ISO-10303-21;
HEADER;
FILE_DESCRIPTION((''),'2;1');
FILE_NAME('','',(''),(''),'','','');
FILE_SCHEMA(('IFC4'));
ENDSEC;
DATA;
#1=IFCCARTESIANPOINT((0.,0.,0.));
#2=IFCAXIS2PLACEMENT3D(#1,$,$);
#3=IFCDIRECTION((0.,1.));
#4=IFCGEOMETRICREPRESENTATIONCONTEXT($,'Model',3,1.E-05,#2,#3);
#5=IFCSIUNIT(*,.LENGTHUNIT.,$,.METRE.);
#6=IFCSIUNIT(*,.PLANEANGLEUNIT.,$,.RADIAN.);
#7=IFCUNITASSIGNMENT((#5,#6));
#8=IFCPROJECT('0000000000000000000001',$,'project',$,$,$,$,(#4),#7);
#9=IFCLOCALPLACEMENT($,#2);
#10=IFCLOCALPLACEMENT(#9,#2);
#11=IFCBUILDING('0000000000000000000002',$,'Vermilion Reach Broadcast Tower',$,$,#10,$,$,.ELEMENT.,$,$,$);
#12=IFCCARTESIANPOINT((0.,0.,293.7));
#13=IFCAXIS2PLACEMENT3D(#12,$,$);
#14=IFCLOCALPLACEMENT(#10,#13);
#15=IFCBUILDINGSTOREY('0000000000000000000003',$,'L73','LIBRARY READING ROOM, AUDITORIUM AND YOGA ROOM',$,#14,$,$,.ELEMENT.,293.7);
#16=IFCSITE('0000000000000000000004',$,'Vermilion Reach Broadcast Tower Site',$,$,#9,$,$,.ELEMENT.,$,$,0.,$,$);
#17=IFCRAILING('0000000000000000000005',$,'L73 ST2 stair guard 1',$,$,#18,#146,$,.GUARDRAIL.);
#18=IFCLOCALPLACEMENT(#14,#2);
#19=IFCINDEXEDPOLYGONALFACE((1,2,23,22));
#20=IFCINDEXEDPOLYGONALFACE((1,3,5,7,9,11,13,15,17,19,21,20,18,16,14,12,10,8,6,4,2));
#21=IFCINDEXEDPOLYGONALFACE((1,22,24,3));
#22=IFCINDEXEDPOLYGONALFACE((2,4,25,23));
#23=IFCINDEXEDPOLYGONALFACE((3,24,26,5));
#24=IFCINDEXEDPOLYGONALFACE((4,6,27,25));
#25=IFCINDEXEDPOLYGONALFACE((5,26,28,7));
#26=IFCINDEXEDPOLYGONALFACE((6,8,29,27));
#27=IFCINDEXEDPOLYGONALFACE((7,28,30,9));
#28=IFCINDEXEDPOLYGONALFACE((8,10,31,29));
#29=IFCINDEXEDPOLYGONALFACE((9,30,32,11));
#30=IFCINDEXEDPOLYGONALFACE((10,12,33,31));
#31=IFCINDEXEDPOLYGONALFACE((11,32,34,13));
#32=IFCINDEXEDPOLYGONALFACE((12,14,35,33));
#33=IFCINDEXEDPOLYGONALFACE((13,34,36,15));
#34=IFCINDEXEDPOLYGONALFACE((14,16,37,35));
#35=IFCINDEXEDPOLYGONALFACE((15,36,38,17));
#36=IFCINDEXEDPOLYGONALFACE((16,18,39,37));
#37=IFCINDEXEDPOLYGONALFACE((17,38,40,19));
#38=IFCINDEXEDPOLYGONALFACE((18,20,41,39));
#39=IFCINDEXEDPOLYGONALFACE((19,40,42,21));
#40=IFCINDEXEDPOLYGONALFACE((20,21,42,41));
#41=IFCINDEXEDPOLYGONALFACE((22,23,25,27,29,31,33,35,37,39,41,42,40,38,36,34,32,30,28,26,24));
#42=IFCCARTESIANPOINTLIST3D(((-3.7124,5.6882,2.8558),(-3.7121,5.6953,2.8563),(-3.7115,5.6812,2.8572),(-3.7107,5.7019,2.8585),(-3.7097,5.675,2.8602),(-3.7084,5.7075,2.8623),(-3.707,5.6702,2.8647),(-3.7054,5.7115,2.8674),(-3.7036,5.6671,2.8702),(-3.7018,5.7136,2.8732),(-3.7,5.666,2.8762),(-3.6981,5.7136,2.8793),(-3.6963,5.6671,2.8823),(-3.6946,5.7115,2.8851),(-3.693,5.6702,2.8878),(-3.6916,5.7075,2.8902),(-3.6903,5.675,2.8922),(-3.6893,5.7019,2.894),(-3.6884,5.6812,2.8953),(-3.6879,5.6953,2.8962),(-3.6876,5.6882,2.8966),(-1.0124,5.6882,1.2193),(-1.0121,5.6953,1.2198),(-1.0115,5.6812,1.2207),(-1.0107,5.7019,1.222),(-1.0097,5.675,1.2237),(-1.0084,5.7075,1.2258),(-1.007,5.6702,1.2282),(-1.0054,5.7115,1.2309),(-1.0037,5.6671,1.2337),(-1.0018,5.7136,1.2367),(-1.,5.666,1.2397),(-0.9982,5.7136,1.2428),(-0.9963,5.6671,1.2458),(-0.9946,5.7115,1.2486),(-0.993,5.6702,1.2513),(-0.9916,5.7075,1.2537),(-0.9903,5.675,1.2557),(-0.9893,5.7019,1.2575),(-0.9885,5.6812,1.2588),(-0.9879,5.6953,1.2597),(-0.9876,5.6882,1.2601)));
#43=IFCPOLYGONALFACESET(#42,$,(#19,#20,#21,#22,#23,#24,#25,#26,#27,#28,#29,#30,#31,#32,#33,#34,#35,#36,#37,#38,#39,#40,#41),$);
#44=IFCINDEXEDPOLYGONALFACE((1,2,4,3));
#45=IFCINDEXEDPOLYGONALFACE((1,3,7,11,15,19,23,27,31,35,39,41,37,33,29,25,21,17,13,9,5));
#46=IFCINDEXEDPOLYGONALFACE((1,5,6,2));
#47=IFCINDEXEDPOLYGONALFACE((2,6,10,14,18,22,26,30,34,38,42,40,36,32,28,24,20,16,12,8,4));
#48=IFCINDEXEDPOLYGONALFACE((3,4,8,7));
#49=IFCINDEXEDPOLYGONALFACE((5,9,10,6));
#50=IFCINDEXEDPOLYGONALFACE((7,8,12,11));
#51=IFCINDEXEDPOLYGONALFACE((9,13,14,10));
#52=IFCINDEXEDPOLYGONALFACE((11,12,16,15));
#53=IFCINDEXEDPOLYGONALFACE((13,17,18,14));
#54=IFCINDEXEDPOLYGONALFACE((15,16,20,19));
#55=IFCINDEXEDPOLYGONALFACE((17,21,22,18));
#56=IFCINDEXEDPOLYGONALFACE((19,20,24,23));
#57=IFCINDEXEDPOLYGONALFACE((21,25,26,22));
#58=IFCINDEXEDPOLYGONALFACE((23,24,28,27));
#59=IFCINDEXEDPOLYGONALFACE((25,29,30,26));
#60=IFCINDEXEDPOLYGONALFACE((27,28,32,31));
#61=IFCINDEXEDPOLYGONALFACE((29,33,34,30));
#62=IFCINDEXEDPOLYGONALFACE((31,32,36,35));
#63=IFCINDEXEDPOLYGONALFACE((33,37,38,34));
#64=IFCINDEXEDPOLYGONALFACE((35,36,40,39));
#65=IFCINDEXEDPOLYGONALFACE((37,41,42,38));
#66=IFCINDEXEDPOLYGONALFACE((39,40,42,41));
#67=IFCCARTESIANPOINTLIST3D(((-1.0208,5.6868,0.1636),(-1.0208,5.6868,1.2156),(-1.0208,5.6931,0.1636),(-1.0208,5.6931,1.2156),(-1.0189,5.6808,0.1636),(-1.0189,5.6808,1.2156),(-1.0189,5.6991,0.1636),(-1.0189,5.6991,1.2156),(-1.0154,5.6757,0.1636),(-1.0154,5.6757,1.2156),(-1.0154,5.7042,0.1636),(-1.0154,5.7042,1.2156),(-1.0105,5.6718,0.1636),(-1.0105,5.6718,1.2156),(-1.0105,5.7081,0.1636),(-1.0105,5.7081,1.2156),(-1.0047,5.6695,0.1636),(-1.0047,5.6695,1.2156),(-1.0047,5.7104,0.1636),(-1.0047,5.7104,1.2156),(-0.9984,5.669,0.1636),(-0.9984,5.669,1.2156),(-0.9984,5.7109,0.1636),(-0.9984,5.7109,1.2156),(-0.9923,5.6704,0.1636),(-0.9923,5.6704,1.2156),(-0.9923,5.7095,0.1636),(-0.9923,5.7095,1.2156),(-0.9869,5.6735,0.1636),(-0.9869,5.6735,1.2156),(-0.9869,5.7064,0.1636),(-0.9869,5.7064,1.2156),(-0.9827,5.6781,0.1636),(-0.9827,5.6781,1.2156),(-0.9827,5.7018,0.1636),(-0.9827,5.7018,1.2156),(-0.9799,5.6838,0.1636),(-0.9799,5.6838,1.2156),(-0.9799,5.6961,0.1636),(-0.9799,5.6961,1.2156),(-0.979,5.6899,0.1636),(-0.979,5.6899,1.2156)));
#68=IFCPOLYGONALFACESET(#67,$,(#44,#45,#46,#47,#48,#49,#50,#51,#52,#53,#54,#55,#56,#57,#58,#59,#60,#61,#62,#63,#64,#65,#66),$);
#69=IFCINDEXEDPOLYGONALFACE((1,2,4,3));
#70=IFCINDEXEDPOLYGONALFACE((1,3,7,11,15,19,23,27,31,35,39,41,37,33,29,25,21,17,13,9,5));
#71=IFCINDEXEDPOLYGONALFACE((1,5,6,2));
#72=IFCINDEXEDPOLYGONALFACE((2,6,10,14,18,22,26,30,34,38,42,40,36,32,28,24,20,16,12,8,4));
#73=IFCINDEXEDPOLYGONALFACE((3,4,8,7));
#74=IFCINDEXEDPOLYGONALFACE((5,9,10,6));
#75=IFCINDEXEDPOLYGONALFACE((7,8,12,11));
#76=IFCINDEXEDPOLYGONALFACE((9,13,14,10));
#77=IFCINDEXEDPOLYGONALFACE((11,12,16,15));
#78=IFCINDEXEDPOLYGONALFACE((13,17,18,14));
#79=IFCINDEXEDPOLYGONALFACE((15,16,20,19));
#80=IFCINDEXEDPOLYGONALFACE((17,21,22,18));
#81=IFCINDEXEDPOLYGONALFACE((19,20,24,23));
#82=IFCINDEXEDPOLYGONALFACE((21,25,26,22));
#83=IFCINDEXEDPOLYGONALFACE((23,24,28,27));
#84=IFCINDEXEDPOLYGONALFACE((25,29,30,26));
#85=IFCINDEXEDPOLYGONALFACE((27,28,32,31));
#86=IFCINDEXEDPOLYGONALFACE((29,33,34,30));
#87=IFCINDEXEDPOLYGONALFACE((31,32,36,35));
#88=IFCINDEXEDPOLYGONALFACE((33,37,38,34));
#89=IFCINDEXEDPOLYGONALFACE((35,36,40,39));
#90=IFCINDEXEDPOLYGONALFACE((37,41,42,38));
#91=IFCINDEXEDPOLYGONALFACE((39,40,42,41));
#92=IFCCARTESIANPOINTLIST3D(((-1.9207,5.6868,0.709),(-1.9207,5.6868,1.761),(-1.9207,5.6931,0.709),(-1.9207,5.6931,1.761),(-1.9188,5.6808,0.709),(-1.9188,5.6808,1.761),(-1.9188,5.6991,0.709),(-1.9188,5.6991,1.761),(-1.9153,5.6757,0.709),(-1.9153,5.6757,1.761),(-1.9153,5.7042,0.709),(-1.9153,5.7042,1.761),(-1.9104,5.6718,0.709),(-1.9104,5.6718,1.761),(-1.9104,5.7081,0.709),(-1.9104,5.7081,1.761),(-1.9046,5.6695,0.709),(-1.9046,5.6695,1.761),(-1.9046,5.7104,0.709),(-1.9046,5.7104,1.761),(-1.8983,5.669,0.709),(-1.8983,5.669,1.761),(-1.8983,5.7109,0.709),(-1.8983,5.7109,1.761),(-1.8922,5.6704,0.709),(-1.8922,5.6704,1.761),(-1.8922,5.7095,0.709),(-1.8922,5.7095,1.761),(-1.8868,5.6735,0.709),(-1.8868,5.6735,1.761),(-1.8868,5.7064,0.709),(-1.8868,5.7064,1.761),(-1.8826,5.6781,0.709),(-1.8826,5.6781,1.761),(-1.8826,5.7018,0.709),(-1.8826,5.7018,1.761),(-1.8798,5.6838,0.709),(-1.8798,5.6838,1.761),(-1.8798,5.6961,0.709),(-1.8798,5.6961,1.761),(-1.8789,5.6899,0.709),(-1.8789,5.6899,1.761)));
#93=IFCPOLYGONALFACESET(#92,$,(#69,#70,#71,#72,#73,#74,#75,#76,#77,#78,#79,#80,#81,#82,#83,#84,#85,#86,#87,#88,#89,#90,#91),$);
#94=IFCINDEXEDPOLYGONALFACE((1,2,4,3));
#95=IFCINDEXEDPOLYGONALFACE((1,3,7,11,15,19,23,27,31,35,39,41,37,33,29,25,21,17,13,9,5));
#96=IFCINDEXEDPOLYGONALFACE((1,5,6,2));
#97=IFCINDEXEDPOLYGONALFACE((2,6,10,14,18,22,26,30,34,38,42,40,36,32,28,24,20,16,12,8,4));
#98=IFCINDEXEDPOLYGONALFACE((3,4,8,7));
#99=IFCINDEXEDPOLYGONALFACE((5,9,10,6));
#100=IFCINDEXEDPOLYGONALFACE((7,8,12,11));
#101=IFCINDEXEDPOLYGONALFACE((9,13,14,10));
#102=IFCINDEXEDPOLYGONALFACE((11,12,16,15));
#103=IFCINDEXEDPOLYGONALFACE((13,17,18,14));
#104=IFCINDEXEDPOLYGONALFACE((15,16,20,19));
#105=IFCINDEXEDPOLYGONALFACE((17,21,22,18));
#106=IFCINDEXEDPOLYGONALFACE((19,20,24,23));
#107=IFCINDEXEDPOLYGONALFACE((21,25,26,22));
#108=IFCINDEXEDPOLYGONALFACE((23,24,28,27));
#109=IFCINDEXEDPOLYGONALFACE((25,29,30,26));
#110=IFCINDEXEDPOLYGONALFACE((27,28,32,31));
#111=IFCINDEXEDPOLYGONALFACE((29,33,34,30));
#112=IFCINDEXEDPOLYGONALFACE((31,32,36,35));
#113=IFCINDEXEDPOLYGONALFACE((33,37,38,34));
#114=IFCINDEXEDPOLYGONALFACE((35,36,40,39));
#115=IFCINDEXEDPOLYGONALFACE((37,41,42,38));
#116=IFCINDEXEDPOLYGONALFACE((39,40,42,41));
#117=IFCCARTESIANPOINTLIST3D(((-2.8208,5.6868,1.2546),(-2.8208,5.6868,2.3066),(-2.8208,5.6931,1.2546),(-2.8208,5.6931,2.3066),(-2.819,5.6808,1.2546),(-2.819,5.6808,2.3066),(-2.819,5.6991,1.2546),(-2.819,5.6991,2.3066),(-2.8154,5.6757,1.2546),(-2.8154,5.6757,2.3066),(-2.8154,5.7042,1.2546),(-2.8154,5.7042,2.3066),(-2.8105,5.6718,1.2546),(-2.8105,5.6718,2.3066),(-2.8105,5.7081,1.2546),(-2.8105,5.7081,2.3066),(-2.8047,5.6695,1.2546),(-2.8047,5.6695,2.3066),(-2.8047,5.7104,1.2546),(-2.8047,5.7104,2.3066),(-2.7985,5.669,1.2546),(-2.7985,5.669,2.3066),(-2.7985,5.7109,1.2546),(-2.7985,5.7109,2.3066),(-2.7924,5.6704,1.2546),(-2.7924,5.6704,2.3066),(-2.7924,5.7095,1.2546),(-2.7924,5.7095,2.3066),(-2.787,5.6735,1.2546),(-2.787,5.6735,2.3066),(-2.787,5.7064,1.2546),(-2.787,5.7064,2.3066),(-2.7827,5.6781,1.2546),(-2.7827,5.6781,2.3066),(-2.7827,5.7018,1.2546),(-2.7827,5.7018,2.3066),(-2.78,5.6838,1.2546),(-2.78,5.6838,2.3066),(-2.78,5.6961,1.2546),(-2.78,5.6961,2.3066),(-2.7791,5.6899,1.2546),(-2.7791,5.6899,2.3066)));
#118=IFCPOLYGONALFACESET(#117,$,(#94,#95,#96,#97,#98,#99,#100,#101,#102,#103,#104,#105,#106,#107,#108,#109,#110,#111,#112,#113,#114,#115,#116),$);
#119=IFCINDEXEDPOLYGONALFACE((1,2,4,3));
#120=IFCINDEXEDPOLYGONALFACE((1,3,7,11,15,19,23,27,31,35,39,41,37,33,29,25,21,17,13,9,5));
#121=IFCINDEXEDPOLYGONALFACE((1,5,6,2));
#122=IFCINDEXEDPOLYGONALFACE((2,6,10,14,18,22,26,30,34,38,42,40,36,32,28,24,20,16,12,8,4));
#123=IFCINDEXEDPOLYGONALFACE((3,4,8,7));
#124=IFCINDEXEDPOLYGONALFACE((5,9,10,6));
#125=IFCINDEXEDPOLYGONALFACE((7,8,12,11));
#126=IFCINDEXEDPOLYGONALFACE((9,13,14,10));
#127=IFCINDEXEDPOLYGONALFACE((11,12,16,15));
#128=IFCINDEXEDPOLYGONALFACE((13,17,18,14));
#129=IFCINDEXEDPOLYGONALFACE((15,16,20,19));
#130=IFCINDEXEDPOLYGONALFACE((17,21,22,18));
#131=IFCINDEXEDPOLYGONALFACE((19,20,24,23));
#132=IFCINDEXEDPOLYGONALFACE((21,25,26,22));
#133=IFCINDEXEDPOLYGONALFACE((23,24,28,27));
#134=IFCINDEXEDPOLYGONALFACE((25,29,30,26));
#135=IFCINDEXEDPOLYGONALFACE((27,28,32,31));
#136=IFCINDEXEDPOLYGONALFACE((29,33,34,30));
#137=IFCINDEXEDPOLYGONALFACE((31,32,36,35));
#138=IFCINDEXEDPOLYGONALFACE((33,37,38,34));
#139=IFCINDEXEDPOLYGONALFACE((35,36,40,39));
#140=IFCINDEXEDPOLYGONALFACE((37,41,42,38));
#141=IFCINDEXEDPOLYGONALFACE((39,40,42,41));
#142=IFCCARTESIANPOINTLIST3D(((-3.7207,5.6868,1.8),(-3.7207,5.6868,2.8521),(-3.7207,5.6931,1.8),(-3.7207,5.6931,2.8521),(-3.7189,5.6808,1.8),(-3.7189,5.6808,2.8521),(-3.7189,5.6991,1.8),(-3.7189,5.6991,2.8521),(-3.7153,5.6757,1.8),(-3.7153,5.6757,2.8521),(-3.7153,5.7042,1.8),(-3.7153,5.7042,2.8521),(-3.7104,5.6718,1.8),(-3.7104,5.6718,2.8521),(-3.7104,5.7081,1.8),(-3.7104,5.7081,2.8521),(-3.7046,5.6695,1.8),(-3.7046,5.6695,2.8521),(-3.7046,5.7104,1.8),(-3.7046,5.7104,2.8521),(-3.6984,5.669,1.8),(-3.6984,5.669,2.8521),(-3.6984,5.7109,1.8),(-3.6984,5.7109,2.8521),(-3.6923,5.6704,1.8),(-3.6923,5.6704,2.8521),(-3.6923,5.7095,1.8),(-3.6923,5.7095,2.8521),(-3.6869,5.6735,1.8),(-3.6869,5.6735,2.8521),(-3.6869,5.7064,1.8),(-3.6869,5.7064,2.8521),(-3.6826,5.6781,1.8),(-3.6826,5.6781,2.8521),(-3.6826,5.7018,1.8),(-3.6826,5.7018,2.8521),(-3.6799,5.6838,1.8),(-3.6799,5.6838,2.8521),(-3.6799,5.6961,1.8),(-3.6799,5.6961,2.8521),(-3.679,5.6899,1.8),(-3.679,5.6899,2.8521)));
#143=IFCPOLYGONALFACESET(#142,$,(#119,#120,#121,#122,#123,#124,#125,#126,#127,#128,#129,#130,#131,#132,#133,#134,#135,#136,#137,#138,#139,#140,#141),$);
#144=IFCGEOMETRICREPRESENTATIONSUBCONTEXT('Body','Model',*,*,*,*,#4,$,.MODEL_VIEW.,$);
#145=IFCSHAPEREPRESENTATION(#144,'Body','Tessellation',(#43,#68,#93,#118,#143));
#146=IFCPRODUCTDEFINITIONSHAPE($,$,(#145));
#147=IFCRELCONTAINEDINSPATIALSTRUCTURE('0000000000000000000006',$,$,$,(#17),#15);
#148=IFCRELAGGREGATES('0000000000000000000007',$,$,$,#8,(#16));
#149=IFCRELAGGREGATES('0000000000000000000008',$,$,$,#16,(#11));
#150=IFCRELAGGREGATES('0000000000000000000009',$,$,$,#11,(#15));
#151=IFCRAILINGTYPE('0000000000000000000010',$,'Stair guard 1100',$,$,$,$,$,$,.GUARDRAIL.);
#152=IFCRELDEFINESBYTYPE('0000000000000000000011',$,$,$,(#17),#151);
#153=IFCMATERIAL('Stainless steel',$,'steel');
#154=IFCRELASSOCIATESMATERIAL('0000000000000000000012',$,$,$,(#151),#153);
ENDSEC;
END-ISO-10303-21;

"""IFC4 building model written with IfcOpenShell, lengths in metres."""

from ifc_helpers import new_model, si_unit, direction, frame, origin, origin_2d, place, context, subcontext, project, spatial, circle, extrude, material, type_object, element, save


model = new_model("IFC4")

# Units and contexts
model_context = context("Model", 3, precision=1e-05, world=origin(), true_north=direction((0.0, 1.0)))
body_context = subcontext(model_context, "Body", "Model", "MODEL_VIEW")
ifc_project = project(units=[si_unit("LENGTHUNIT", "METRE"), si_unit("PLANEANGLEUNIT", "RADIAN")], contexts=[model_context])

# Site, building, storey
site_placement = place(None, origin())
site = spatial("IfcSite", under=ifc_project, at=site_placement, Name="Vermilion Reach Broadcast Tower Site", CompositionType="ELEMENT", RefElevation=0.0)
building_placement = place(site_placement, origin())
building = spatial("IfcBuilding", under=site, at=building_placement, Name="Vermilion Reach Broadcast Tower", CompositionType="ELEMENT")
storey_placement = place(building_placement, frame((0.0, 0.0, 293.7)))
storey = spatial("IfcBuildingStorey", under=building, at=storey_placement, Name="L73", Description="LIBRARY READING ROOM, AUDITORIUM AND YOGA ROOM", CompositionType="ELEMENT", Elevation=293.7)

# Railing
ifc_material_1 = material(Name="Stainless steel", Category="steel")
railing_type_1 = type_object("IfcRailingType", Name="Stair guard 1100", PredefinedType="GUARDRAIL", material=ifc_material_1)
railing_1_placement = place(storey_placement, frame((-1.0, 5.6899, 0.1636)))
element("IfcRailing", 1, at=railing_1_placement, inside=storey, type_object=railing_type_1, Name="L73 ST2 stair guard 1", PredefinedType="GUARDRAIL", context=body_context, shape_type="SweptSolid", body=[
    extrude(circle(Radius=0.0239, at=origin_2d()), frame((0.0, 0.0, 1.0762), z_axis=(-0.855178, 0.0, 0.518334), x_axis=(0.0, -1.0, 0.0)), (0.0, 0.0, 1.0), 3.1572),
    extrude(circle(Radius=0.021, at=origin_2d()), origin(), (0.0, 0.0, 1.0), 1.052),
    extrude(circle(Radius=0.021, at=origin_2d()), frame((-0.8999, 0.0, 0.5454)), (0.0, 0.0, 1.0), 1.052),
    extrude(circle(Radius=0.021, at=origin_2d()), frame((-1.8, 0.0, 1.0911)), (0.0, 0.0, 1.0), 1.052),
    extrude(circle(Radius=0.021, at=origin_2d()), frame((-2.7, 0.0, 1.6365)), (0.0, 0.0, 1.0), 1.052),
])

save(model, "model.ifc")
